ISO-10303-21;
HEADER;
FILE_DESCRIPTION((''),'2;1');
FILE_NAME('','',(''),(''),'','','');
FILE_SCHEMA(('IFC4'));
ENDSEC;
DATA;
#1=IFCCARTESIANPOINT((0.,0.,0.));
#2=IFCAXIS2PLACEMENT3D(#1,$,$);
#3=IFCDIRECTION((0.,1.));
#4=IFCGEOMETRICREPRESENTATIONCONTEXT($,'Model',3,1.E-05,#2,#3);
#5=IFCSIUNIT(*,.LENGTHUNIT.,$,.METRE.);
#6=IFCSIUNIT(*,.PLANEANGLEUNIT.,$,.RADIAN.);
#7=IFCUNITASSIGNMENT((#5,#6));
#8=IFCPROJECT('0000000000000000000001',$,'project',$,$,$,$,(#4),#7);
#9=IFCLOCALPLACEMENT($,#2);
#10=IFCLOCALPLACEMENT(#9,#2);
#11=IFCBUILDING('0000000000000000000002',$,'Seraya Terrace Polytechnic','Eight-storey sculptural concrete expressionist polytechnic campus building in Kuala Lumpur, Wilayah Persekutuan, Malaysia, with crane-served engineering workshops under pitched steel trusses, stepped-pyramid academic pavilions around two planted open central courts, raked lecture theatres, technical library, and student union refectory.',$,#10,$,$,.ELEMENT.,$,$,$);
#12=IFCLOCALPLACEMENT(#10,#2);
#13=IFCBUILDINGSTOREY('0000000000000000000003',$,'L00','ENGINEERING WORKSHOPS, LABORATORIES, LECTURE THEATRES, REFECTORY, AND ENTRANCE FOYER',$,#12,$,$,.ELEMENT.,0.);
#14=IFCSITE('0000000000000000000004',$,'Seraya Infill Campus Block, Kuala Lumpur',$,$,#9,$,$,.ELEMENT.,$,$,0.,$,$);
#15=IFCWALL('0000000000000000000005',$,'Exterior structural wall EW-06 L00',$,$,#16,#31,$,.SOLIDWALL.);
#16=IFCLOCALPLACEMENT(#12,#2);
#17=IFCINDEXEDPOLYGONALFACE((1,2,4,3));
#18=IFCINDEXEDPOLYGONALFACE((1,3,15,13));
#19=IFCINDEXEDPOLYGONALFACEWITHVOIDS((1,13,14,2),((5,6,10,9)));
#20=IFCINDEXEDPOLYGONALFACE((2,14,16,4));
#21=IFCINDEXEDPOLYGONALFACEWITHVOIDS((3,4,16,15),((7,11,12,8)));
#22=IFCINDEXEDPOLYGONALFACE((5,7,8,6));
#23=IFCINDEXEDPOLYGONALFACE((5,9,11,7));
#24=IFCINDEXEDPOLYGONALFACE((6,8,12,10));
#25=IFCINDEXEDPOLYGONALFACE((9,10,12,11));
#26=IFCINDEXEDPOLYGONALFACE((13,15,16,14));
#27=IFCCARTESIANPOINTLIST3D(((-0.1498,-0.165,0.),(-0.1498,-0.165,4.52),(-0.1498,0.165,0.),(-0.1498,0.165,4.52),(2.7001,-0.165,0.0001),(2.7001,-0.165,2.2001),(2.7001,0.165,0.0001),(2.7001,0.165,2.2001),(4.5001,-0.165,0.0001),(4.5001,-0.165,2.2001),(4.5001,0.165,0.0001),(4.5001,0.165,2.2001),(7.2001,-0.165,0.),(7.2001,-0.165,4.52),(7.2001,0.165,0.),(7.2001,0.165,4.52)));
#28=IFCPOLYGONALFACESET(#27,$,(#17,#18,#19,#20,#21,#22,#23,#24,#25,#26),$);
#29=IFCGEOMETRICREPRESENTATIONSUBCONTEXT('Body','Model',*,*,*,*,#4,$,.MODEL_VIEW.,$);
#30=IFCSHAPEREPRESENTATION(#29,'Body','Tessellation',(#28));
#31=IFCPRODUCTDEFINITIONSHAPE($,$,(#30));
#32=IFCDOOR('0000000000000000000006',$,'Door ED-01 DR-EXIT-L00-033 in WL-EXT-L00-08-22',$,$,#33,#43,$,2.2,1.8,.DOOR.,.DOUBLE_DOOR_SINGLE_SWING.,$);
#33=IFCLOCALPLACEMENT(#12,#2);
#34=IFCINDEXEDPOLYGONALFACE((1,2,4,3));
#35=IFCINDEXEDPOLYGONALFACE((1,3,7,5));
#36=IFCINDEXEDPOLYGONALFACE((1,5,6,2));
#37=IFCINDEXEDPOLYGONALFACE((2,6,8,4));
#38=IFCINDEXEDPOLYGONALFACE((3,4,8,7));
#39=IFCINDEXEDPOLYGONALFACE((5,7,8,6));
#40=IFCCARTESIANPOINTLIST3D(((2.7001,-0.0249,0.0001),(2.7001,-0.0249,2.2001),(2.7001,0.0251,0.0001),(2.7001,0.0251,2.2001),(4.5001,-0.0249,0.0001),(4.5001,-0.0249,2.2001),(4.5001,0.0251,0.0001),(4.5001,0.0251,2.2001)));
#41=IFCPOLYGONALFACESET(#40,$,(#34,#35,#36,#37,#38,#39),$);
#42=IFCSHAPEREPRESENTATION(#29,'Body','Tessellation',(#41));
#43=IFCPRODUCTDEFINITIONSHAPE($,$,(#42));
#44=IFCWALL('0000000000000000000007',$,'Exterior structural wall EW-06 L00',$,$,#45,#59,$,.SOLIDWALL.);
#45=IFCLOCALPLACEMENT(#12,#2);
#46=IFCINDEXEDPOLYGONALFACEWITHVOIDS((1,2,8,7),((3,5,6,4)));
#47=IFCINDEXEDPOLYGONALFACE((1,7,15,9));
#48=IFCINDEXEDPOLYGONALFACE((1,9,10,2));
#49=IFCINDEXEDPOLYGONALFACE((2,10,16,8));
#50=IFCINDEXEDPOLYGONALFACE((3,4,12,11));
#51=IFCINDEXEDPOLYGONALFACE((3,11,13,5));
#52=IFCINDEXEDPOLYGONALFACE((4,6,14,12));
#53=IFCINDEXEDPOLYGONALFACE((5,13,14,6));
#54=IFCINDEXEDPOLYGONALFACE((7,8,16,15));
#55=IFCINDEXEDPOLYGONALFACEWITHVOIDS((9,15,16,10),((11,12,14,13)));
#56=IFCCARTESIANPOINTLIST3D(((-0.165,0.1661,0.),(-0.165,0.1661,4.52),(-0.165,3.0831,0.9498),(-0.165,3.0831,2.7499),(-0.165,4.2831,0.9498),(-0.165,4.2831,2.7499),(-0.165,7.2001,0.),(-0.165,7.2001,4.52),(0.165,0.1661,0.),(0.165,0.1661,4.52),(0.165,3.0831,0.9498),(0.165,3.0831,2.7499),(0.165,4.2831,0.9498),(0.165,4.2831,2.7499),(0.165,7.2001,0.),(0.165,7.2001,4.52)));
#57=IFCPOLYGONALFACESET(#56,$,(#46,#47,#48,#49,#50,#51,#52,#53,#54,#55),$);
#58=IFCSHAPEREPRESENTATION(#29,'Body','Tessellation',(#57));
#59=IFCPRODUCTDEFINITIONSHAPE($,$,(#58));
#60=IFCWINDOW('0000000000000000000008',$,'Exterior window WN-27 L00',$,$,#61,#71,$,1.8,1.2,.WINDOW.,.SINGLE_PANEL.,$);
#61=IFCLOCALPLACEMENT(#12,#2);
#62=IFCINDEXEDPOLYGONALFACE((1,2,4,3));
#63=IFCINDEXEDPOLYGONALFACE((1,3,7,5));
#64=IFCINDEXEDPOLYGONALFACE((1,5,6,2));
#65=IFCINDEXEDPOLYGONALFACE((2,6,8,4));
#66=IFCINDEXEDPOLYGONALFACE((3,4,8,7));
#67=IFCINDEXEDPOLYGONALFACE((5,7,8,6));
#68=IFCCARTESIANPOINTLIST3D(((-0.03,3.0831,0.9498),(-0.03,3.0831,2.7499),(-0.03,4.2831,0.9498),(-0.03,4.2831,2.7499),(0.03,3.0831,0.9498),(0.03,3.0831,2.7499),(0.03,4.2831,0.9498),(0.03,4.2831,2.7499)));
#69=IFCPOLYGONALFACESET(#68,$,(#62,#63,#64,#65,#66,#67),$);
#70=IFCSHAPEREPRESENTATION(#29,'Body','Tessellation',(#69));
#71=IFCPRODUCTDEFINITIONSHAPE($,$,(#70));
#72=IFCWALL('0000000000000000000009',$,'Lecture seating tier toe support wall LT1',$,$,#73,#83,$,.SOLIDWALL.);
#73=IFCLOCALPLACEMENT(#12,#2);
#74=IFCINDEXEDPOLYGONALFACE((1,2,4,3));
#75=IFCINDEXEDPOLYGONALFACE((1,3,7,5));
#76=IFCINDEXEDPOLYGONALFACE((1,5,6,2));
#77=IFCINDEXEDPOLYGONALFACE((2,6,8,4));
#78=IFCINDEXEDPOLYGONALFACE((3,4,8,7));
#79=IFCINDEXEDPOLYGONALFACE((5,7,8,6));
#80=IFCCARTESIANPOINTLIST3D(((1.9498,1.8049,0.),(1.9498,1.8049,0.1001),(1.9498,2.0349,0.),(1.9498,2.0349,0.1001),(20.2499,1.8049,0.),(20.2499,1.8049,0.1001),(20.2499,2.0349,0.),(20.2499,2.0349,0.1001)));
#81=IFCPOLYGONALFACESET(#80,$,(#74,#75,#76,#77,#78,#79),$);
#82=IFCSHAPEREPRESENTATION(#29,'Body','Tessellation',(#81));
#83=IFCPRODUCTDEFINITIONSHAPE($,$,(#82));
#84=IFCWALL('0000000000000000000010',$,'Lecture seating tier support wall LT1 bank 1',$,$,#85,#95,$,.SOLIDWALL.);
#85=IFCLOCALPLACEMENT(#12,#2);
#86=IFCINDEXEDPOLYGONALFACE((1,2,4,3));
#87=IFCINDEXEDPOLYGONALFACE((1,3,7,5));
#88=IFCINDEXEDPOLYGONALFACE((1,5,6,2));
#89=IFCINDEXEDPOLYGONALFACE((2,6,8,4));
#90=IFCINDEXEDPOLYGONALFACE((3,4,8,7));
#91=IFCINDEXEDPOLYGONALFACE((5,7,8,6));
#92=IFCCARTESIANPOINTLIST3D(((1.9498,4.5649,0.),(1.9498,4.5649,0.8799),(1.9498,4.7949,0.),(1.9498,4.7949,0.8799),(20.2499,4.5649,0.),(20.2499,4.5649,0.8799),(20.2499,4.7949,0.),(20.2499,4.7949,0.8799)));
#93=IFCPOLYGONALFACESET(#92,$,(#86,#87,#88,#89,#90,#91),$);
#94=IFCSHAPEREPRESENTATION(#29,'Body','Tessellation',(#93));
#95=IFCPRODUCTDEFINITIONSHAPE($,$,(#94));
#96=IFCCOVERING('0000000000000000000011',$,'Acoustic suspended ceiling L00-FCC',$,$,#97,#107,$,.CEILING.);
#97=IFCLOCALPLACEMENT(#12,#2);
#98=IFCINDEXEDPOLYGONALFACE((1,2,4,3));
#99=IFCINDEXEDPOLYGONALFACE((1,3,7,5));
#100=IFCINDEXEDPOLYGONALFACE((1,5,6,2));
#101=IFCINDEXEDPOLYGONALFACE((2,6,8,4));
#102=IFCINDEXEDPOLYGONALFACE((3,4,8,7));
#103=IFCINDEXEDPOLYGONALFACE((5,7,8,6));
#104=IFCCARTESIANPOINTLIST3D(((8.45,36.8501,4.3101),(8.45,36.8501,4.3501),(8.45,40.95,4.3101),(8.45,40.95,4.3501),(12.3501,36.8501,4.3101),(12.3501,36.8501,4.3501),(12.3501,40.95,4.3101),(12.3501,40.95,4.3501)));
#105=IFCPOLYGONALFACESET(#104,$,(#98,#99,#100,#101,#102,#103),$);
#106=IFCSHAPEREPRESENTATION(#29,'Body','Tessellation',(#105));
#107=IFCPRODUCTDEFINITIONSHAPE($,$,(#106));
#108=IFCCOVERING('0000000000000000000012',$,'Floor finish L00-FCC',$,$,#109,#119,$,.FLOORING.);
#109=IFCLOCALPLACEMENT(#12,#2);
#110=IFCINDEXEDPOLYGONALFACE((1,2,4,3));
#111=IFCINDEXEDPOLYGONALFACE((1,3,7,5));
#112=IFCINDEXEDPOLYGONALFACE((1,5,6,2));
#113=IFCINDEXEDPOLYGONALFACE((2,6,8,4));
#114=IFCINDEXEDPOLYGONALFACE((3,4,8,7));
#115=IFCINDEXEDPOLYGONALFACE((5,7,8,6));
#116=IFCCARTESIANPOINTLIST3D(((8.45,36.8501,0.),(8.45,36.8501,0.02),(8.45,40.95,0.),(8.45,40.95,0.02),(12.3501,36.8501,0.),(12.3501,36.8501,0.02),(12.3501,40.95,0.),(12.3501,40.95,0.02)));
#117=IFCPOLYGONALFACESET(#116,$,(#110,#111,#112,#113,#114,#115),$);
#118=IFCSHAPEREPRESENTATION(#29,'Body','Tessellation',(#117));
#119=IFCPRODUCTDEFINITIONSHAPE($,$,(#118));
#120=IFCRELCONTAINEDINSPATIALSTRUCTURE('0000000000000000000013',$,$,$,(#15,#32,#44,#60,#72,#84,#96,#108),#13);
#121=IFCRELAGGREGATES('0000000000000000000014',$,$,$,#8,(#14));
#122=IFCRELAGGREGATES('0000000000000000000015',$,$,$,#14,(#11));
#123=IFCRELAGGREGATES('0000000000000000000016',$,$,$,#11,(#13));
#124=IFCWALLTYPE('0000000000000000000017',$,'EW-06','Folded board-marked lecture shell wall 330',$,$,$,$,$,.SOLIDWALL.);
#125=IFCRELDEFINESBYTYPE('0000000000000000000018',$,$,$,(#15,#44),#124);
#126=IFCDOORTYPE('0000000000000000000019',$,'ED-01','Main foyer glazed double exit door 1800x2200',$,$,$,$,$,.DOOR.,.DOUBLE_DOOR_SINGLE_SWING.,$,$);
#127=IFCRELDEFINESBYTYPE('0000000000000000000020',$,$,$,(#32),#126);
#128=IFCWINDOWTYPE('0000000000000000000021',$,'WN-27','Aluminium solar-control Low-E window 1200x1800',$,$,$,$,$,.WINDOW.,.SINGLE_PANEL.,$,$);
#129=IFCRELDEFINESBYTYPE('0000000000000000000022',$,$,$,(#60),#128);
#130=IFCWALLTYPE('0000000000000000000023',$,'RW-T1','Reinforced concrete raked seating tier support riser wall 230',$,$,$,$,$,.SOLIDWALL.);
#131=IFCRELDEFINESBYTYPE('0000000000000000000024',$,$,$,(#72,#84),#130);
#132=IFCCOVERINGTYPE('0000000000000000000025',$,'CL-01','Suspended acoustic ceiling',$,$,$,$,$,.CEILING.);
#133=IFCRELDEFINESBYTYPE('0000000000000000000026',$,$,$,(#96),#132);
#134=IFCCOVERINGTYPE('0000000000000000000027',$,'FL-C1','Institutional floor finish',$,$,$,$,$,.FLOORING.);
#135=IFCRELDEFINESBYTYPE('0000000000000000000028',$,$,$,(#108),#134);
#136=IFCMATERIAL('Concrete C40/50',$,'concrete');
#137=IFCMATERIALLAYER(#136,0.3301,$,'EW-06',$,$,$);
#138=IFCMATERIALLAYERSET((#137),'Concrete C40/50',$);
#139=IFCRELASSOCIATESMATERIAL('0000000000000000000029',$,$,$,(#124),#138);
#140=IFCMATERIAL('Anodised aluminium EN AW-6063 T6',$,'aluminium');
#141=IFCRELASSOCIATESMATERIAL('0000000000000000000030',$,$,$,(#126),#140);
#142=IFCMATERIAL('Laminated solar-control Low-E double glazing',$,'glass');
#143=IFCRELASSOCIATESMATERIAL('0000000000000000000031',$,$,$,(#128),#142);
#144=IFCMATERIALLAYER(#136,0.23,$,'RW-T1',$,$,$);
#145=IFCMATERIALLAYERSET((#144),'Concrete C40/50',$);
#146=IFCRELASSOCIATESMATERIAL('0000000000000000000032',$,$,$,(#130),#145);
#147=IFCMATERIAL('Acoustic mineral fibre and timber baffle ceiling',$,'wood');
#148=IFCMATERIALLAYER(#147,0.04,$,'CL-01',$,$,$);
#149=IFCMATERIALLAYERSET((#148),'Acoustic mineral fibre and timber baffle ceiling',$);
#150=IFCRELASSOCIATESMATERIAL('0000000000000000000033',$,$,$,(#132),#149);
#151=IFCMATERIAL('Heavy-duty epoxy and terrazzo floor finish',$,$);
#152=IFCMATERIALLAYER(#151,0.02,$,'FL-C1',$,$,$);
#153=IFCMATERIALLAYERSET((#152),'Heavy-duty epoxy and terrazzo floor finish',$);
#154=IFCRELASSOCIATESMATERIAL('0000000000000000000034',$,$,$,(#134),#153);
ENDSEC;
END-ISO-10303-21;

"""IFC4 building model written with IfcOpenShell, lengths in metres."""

from ifc_helpers import new_model, si_unit, direction, frame, frame_2d, origin, place, context, subcontext, project, spatial, polyline, rectangle, outline, extrude, material, layer, layer_set, type_object, element, fill, save


model = new_model("IFC4")

# Units and contexts
model_context = context("Model", 3, precision=1e-05, world=origin(), true_north=direction((0.0, 1.0)))
body_context = subcontext(model_context, "Body", "Model", "MODEL_VIEW")
ifc_project = project(units=[si_unit("LENGTHUNIT", "METRE"), si_unit("PLANEANGLEUNIT", "RADIAN")], contexts=[model_context])

# Site, building, storey
site_placement = place(None, origin())
site = spatial("IfcSite", under=ifc_project, at=site_placement, Name="Seraya Infill Campus Block, Kuala Lumpur", CompositionType="ELEMENT", RefElevation=0.0)
building_placement = place(site_placement, origin())
building = spatial("IfcBuilding", under=site, at=building_placement, Name="Seraya Terrace Polytechnic", Description="Eight-storey sculptural concrete expressionist polytechnic campus building in Kuala Lumpur, Wilayah Persekutuan, Malaysia, with crane-served engineering workshops under pitched steel trusses, stepped-pyramid academic pavilions around two planted open central courts, raked lecture theatres, technical library, and student union refectory.", CompositionType="ELEMENT")
storey_placement = place(building_placement, origin())
storey = spatial("IfcBuildingStorey", under=building, at=storey_placement, Name="L00", Description="ENGINEERING WORKSHOPS, LABORATORIES, LECTURE THEATRES, REFECTORY, AND ENTRANCE FOYER", CompositionType="ELEMENT", Elevation=0.0)

# Shared definitions
ifc_material_1 = material(Name="Concrete C40/50", Category="concrete")

# Wall, opening, door
ifc_layer_1 = layer(ifc_material_1, 0.3301, Name="EW-06")
ifc_layer_set_1 = layer_set([ifc_layer_1], Name="Concrete C40/50")
wall_type_1 = type_object("IfcWallType", Name="EW-06", Description="Folded board-marked lecture shell wall 330", PredefinedType="SOLIDWALL", material=ifc_layer_set_1)
wall_1_placement = place(storey_placement, frame((7.2, 0.0, 0.0), z_axis=(0.0, 0.0, 1.0), x_axis=(-1.0, 0.0, 0.0)))
wall_1 = element("IfcWall", 1, at=wall_1_placement, inside=storey, type_object=wall_type_1, Name="Exterior structural wall EW-06 L00", PredefinedType="SOLIDWALL", context=body_context, shape_type="SweptSolid", body=[
    extrude(rectangle(XDim=7.3499, YDim=0.3301, at=frame_2d((3.6748, 0.0))), origin(), (0.0, 0.0, 1.0), 4.52),
])
opening_1_placement = place(wall_1_placement, frame((2.7, 0.0, 0.0)))
opening_1 = element("IfcOpeningElement", 2, at=opening_1_placement, cuts=wall_1, PredefinedType="OPENING", context=body_context, shape_type="SweptSolid", body=[
    extrude(rectangle(XDim=1.8, YDim=2.2, at=frame_2d((0.8999, 1.1001))), frame((0.0, 0.177, 0.0), z_axis=(0.0, -1.0, 0.0), x_axis=(1.0, 0.0, 0.0)), (0.0, 0.0, 1.0), 0.354),
])
ifc_material_2 = material(Name="Anodised aluminium EN AW-6063 T6", Category="aluminium")
door_type = type_object("IfcDoorType", Name="ED-01", Description="Main foyer glazed double exit door 1800x2200", OperationType="DOUBLE_DOOR_SINGLE_SWING", PredefinedType="DOOR", material=ifc_material_2)
door_placement = place(opening_1_placement, origin())
door = element("IfcDoor", 3, at=door_placement, inside=storey, type_object=door_type, Name="Door ED-01 DR-EXIT-L00-033 in WL-EXT-L00-08-22", OperationType="DOUBLE_DOOR_SINGLE_SWING", OverallHeight=2.2, OverallWidth=1.8, PredefinedType="DOOR", context=body_context, shape_type="SweptSolid", body=[
    extrude(rectangle(XDim=1.8, YDim=2.2, at=frame_2d((0.8999, 1.1001))), frame((0.0, 0.0249, 0.0), z_axis=(0.0, -1.0, 0.0), x_axis=(1.0, 0.0, 0.0)), (0.0, 0.0, 1.0), 0.05),
])
fill(opening_1, door)

# Wall, opening, window
wall_2_placement = place(storey_placement, frame((0.0, 0.166, 0.0), z_axis=(0.0, 0.0, 1.0), x_axis=(0.0, 1.0, 0.0)))
wall_2 = element("IfcWall", 4, at=wall_2_placement, inside=storey, type_object=wall_type_1, Name="Exterior structural wall EW-06 L00", PredefinedType="SOLIDWALL", context=body_context, shape_type="SweptSolid", body=[
    extrude(rectangle(XDim=7.0339, YDim=0.3301, at=frame_2d((3.5171, 0.0))), origin(), (0.0, 0.0, 1.0), 4.52),
])
opening_2_placement = place(wall_2_placement, frame((2.917, 0.0, 0.95)))
opening_2 = element("IfcOpeningElement", 5, at=opening_2_placement, cuts=wall_2, PredefinedType="OPENING", context=body_context, shape_type="SweptSolid", body=[
    extrude(rectangle(XDim=1.2, YDim=1.8, at=frame_2d((0.6001, 0.8999))), frame((0.0, 0.177, 0.0), z_axis=(0.0, -1.0, 0.0), x_axis=(1.0, 0.0, 0.0)), (0.0, 0.0, 1.0), 0.354),
])
ifc_material_3 = material(Name="Laminated solar-control Low-E double glazing", Category="glass")
window_type = type_object("IfcWindowType", Name="WN-27", Description="Aluminium solar-control Low-E window 1200x1800", PartitioningType="SINGLE_PANEL", PredefinedType="WINDOW", material=ifc_material_3)
window_placement = place(opening_2_placement, origin())
window = element("IfcWindow", 6, at=window_placement, inside=storey, type_object=window_type, Name="Exterior window WN-27 L00", OverallHeight=1.8, OverallWidth=1.2, PartitioningType="SINGLE_PANEL", PredefinedType="WINDOW", context=body_context, shape_type="SweptSolid", body=[
    extrude(rectangle(XDim=1.2, YDim=1.8, at=frame_2d((0.6001, 0.8999))), frame((0.0, 0.03, 0.0), z_axis=(0.0, -1.0, 0.0), x_axis=(1.0, 0.0, 0.0)), (0.0, 0.0, 1.0), 0.0601),
])
fill(opening_2, window)

# Walls
ifc_layer_2 = layer(ifc_material_1, 0.23, Name="RW-T1")
ifc_layer_set_2 = layer_set([ifc_layer_2], Name="Concrete C40/50")
wall_type_2 = type_object("IfcWallType", Name="RW-T1", Description="Reinforced concrete raked seating tier support riser wall 230", PredefinedType="SOLIDWALL", material=ifc_layer_set_2)
wall_3_placement = place(storey_placement, frame((1.95, 1.9199, 0.0), z_axis=(0.0, 0.0, 1.0), x_axis=(1.0, 0.0, 0.0)))
element("IfcWall", 7, at=wall_3_placement, inside=storey, type_object=wall_type_2, Name="Lecture seating tier toe support wall LT1", PredefinedType="SOLIDWALL", context=body_context, shape_type="SweptSolid", body=[
    extrude(rectangle(XDim=18.3, YDim=0.23, at=frame_2d((9.1499, 0.0))), origin(), (0.0, 0.0, 1.0), 0.1001),
])
wall_4_placement = place(storey_placement, frame((1.95, 4.6799, 0.0), z_axis=(0.0, 0.0, 1.0), x_axis=(1.0, 0.0, 0.0)))
element("IfcWall", 8, at=wall_4_placement, inside=storey, type_object=wall_type_2, Name="Lecture seating tier support wall LT1 bank 1", PredefinedType="SOLIDWALL", context=body_context, shape_type="SweptSolid", body=[
    extrude(rectangle(XDim=18.3, YDim=0.23, at=frame_2d((9.1499, 0.0))), origin(), (0.0, 0.0, 1.0), 0.8799),
])

# Coverings
ifc_material_4 = material(Name="Acoustic mineral fibre and timber baffle ceiling", Category="wood")
ifc_layer_3 = layer(ifc_material_4, 0.04, Name="CL-01")
ifc_layer_set_3 = layer_set([ifc_layer_3], Name="Acoustic mineral fibre and timber baffle ceiling")
covering_type_1 = type_object("IfcCoveringType", Name="CL-01", Description="Suspended acoustic ceiling", PredefinedType="CEILING", material=ifc_layer_set_3)
covering_1_placement = place(storey_placement, frame((0.0, 0.0, 4.3101)))
element("IfcCovering", 9, at=covering_1_placement, inside=storey, type_object=covering_type_1, Name="Acoustic suspended ceiling L00-FCC", PredefinedType="CEILING", context=body_context, shape_type="SweptSolid", body=[
    extrude(outline(polyline([(8.45, 40.95), (12.3501, 40.95), (12.3501, 36.8501), (8.45, 36.8501), (8.45, 40.95)])), origin(), (0.0, 0.0, 1.0), 0.04),
])
ifc_material_5 = material(Name="Heavy-duty epoxy and terrazzo floor finish")
ifc_layer_4 = layer(ifc_material_5, 0.02, Name="FL-C1")
ifc_layer_set_4 = layer_set([ifc_layer_4], Name="Heavy-duty epoxy and terrazzo floor finish")
covering_type_2 = type_object("IfcCoveringType", Name="FL-C1", Description="Institutional floor finish", PredefinedType="FLOORING", material=ifc_layer_set_4)
covering_2_placement = place(storey_placement, origin())
element("IfcCovering", 10, at=covering_2_placement, inside=storey, type_object=covering_type_2, Name="Floor finish L00-FCC", PredefinedType="FLOORING", context=body_context, shape_type="SweptSolid", body=[
    extrude(outline(polyline([(8.45, 40.95), (12.3501, 40.95), (12.3501, 36.8501), (8.45, 36.8501), (8.45, 40.95)])), origin(), (0.0, 0.0, 1.0), 0.02),
])

save(model, "model.ifc")
